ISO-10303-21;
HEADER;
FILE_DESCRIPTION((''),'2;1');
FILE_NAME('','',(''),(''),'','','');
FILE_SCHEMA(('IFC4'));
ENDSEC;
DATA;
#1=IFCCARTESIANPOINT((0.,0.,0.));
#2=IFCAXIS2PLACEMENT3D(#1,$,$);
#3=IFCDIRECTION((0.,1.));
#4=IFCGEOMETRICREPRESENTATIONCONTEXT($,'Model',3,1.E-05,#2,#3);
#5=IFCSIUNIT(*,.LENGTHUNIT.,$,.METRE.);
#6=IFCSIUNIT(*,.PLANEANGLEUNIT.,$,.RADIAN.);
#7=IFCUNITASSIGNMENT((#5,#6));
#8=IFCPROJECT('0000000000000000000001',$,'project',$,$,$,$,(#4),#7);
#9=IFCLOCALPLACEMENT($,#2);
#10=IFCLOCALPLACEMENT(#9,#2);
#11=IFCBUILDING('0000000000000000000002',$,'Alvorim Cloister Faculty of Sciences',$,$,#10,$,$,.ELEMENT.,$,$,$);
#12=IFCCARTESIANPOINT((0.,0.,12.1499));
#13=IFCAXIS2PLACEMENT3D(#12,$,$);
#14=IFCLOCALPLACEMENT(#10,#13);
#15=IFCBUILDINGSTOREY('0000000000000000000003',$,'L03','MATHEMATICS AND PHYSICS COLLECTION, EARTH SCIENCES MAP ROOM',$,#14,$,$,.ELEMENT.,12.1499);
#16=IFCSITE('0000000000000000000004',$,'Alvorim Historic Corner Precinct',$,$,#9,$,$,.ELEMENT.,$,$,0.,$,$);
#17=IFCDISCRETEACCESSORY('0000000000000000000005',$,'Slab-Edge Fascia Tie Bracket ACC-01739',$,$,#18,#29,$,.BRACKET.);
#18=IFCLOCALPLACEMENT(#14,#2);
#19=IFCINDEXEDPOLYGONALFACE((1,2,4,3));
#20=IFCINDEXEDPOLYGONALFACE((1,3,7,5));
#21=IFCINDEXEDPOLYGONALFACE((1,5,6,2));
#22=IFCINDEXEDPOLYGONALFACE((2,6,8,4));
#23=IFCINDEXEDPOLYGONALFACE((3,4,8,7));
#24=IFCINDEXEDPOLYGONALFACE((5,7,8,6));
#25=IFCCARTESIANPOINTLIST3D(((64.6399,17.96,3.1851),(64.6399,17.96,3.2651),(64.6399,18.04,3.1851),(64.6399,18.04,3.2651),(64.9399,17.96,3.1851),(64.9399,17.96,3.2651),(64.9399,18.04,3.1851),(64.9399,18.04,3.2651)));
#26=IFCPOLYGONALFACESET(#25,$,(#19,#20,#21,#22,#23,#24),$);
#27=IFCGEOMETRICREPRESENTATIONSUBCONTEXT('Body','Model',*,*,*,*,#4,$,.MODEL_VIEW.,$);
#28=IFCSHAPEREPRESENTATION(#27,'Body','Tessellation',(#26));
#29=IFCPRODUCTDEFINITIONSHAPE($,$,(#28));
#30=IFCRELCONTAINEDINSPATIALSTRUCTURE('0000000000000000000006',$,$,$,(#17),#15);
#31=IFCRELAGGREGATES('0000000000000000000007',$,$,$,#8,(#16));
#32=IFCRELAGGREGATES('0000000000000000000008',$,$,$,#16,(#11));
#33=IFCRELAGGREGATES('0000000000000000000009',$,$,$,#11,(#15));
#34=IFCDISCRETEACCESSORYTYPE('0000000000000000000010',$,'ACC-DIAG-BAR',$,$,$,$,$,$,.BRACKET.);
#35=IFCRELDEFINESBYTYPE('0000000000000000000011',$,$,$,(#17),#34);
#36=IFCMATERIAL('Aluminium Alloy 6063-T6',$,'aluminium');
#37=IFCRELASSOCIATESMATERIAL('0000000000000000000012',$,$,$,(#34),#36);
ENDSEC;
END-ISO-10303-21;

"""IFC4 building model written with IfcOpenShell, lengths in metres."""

from ifc_helpers import new_model, si_unit, direction, frame, origin, origin_2d, place, context, subcontext, project, spatial, rectangle, extrude, material, type_object, element, save


model = new_model("IFC4")

# Units and contexts
model_context = context("Model", 3, precision=1e-05, world=origin(), true_north=direction((0.0, 1.0)))
body_context = subcontext(model_context, "Body", "Model", "MODEL_VIEW")
ifc_project = project(units=[si_unit("LENGTHUNIT", "METRE"), si_unit("PLANEANGLEUNIT", "RADIAN")], contexts=[model_context])

# Site, building, storey
site_placement = place(None, origin())
site = spatial("IfcSite", under=ifc_project, at=site_placement, Name="Alvorim Historic Corner Precinct", CompositionType="ELEMENT", RefElevation=0.0)
building_placement = place(site_placement, origin())
building = spatial("IfcBuilding", under=site, at=building_placement, Name="Alvorim Cloister Faculty of Sciences", CompositionType="ELEMENT")
storey_placement = place(building_placement, frame((0.0, 0.0, 12.1499)))
storey = spatial("IfcBuildingStorey", under=building, at=storey_placement, Name="L03", Description="MATHEMATICS AND PHYSICS COLLECTION, EARTH SCIENCES MAP ROOM", CompositionType="ELEMENT", Elevation=12.1499)

# Shared definitions
ifc_material_1 = material(Name="Aluminium Alloy 6063-T6", Category="aluminium")

# Discrete accessory
discrete_accessory_type = type_object("IfcDiscreteAccessoryType", Name="ACC-DIAG-BAR", PredefinedType="BRACKET", material=ifc_material_1)
discrete_accessory_placement = place(storey_placement, frame((64.9399, 18.0, 3.2251), z_axis=(-1.0, 0.0, 0.0), x_axis=(0.0, -1.0, 0.0)))
element("IfcDiscreteAccessory", 1, at=discrete_accessory_placement, inside=storey, type_object=discrete_accessory_type, Name="Slab-Edge Fascia Tie Bracket ACC-01739", PredefinedType="BRACKET", context=body_context, shape_type="SweptSolid", body=[
    extrude(rectangle(XDim=0.0801, YDim=0.0801, at=origin_2d()), origin(), (0.0, 0.0, 1.0), 0.3),
])

save(model, "model.ifc")
